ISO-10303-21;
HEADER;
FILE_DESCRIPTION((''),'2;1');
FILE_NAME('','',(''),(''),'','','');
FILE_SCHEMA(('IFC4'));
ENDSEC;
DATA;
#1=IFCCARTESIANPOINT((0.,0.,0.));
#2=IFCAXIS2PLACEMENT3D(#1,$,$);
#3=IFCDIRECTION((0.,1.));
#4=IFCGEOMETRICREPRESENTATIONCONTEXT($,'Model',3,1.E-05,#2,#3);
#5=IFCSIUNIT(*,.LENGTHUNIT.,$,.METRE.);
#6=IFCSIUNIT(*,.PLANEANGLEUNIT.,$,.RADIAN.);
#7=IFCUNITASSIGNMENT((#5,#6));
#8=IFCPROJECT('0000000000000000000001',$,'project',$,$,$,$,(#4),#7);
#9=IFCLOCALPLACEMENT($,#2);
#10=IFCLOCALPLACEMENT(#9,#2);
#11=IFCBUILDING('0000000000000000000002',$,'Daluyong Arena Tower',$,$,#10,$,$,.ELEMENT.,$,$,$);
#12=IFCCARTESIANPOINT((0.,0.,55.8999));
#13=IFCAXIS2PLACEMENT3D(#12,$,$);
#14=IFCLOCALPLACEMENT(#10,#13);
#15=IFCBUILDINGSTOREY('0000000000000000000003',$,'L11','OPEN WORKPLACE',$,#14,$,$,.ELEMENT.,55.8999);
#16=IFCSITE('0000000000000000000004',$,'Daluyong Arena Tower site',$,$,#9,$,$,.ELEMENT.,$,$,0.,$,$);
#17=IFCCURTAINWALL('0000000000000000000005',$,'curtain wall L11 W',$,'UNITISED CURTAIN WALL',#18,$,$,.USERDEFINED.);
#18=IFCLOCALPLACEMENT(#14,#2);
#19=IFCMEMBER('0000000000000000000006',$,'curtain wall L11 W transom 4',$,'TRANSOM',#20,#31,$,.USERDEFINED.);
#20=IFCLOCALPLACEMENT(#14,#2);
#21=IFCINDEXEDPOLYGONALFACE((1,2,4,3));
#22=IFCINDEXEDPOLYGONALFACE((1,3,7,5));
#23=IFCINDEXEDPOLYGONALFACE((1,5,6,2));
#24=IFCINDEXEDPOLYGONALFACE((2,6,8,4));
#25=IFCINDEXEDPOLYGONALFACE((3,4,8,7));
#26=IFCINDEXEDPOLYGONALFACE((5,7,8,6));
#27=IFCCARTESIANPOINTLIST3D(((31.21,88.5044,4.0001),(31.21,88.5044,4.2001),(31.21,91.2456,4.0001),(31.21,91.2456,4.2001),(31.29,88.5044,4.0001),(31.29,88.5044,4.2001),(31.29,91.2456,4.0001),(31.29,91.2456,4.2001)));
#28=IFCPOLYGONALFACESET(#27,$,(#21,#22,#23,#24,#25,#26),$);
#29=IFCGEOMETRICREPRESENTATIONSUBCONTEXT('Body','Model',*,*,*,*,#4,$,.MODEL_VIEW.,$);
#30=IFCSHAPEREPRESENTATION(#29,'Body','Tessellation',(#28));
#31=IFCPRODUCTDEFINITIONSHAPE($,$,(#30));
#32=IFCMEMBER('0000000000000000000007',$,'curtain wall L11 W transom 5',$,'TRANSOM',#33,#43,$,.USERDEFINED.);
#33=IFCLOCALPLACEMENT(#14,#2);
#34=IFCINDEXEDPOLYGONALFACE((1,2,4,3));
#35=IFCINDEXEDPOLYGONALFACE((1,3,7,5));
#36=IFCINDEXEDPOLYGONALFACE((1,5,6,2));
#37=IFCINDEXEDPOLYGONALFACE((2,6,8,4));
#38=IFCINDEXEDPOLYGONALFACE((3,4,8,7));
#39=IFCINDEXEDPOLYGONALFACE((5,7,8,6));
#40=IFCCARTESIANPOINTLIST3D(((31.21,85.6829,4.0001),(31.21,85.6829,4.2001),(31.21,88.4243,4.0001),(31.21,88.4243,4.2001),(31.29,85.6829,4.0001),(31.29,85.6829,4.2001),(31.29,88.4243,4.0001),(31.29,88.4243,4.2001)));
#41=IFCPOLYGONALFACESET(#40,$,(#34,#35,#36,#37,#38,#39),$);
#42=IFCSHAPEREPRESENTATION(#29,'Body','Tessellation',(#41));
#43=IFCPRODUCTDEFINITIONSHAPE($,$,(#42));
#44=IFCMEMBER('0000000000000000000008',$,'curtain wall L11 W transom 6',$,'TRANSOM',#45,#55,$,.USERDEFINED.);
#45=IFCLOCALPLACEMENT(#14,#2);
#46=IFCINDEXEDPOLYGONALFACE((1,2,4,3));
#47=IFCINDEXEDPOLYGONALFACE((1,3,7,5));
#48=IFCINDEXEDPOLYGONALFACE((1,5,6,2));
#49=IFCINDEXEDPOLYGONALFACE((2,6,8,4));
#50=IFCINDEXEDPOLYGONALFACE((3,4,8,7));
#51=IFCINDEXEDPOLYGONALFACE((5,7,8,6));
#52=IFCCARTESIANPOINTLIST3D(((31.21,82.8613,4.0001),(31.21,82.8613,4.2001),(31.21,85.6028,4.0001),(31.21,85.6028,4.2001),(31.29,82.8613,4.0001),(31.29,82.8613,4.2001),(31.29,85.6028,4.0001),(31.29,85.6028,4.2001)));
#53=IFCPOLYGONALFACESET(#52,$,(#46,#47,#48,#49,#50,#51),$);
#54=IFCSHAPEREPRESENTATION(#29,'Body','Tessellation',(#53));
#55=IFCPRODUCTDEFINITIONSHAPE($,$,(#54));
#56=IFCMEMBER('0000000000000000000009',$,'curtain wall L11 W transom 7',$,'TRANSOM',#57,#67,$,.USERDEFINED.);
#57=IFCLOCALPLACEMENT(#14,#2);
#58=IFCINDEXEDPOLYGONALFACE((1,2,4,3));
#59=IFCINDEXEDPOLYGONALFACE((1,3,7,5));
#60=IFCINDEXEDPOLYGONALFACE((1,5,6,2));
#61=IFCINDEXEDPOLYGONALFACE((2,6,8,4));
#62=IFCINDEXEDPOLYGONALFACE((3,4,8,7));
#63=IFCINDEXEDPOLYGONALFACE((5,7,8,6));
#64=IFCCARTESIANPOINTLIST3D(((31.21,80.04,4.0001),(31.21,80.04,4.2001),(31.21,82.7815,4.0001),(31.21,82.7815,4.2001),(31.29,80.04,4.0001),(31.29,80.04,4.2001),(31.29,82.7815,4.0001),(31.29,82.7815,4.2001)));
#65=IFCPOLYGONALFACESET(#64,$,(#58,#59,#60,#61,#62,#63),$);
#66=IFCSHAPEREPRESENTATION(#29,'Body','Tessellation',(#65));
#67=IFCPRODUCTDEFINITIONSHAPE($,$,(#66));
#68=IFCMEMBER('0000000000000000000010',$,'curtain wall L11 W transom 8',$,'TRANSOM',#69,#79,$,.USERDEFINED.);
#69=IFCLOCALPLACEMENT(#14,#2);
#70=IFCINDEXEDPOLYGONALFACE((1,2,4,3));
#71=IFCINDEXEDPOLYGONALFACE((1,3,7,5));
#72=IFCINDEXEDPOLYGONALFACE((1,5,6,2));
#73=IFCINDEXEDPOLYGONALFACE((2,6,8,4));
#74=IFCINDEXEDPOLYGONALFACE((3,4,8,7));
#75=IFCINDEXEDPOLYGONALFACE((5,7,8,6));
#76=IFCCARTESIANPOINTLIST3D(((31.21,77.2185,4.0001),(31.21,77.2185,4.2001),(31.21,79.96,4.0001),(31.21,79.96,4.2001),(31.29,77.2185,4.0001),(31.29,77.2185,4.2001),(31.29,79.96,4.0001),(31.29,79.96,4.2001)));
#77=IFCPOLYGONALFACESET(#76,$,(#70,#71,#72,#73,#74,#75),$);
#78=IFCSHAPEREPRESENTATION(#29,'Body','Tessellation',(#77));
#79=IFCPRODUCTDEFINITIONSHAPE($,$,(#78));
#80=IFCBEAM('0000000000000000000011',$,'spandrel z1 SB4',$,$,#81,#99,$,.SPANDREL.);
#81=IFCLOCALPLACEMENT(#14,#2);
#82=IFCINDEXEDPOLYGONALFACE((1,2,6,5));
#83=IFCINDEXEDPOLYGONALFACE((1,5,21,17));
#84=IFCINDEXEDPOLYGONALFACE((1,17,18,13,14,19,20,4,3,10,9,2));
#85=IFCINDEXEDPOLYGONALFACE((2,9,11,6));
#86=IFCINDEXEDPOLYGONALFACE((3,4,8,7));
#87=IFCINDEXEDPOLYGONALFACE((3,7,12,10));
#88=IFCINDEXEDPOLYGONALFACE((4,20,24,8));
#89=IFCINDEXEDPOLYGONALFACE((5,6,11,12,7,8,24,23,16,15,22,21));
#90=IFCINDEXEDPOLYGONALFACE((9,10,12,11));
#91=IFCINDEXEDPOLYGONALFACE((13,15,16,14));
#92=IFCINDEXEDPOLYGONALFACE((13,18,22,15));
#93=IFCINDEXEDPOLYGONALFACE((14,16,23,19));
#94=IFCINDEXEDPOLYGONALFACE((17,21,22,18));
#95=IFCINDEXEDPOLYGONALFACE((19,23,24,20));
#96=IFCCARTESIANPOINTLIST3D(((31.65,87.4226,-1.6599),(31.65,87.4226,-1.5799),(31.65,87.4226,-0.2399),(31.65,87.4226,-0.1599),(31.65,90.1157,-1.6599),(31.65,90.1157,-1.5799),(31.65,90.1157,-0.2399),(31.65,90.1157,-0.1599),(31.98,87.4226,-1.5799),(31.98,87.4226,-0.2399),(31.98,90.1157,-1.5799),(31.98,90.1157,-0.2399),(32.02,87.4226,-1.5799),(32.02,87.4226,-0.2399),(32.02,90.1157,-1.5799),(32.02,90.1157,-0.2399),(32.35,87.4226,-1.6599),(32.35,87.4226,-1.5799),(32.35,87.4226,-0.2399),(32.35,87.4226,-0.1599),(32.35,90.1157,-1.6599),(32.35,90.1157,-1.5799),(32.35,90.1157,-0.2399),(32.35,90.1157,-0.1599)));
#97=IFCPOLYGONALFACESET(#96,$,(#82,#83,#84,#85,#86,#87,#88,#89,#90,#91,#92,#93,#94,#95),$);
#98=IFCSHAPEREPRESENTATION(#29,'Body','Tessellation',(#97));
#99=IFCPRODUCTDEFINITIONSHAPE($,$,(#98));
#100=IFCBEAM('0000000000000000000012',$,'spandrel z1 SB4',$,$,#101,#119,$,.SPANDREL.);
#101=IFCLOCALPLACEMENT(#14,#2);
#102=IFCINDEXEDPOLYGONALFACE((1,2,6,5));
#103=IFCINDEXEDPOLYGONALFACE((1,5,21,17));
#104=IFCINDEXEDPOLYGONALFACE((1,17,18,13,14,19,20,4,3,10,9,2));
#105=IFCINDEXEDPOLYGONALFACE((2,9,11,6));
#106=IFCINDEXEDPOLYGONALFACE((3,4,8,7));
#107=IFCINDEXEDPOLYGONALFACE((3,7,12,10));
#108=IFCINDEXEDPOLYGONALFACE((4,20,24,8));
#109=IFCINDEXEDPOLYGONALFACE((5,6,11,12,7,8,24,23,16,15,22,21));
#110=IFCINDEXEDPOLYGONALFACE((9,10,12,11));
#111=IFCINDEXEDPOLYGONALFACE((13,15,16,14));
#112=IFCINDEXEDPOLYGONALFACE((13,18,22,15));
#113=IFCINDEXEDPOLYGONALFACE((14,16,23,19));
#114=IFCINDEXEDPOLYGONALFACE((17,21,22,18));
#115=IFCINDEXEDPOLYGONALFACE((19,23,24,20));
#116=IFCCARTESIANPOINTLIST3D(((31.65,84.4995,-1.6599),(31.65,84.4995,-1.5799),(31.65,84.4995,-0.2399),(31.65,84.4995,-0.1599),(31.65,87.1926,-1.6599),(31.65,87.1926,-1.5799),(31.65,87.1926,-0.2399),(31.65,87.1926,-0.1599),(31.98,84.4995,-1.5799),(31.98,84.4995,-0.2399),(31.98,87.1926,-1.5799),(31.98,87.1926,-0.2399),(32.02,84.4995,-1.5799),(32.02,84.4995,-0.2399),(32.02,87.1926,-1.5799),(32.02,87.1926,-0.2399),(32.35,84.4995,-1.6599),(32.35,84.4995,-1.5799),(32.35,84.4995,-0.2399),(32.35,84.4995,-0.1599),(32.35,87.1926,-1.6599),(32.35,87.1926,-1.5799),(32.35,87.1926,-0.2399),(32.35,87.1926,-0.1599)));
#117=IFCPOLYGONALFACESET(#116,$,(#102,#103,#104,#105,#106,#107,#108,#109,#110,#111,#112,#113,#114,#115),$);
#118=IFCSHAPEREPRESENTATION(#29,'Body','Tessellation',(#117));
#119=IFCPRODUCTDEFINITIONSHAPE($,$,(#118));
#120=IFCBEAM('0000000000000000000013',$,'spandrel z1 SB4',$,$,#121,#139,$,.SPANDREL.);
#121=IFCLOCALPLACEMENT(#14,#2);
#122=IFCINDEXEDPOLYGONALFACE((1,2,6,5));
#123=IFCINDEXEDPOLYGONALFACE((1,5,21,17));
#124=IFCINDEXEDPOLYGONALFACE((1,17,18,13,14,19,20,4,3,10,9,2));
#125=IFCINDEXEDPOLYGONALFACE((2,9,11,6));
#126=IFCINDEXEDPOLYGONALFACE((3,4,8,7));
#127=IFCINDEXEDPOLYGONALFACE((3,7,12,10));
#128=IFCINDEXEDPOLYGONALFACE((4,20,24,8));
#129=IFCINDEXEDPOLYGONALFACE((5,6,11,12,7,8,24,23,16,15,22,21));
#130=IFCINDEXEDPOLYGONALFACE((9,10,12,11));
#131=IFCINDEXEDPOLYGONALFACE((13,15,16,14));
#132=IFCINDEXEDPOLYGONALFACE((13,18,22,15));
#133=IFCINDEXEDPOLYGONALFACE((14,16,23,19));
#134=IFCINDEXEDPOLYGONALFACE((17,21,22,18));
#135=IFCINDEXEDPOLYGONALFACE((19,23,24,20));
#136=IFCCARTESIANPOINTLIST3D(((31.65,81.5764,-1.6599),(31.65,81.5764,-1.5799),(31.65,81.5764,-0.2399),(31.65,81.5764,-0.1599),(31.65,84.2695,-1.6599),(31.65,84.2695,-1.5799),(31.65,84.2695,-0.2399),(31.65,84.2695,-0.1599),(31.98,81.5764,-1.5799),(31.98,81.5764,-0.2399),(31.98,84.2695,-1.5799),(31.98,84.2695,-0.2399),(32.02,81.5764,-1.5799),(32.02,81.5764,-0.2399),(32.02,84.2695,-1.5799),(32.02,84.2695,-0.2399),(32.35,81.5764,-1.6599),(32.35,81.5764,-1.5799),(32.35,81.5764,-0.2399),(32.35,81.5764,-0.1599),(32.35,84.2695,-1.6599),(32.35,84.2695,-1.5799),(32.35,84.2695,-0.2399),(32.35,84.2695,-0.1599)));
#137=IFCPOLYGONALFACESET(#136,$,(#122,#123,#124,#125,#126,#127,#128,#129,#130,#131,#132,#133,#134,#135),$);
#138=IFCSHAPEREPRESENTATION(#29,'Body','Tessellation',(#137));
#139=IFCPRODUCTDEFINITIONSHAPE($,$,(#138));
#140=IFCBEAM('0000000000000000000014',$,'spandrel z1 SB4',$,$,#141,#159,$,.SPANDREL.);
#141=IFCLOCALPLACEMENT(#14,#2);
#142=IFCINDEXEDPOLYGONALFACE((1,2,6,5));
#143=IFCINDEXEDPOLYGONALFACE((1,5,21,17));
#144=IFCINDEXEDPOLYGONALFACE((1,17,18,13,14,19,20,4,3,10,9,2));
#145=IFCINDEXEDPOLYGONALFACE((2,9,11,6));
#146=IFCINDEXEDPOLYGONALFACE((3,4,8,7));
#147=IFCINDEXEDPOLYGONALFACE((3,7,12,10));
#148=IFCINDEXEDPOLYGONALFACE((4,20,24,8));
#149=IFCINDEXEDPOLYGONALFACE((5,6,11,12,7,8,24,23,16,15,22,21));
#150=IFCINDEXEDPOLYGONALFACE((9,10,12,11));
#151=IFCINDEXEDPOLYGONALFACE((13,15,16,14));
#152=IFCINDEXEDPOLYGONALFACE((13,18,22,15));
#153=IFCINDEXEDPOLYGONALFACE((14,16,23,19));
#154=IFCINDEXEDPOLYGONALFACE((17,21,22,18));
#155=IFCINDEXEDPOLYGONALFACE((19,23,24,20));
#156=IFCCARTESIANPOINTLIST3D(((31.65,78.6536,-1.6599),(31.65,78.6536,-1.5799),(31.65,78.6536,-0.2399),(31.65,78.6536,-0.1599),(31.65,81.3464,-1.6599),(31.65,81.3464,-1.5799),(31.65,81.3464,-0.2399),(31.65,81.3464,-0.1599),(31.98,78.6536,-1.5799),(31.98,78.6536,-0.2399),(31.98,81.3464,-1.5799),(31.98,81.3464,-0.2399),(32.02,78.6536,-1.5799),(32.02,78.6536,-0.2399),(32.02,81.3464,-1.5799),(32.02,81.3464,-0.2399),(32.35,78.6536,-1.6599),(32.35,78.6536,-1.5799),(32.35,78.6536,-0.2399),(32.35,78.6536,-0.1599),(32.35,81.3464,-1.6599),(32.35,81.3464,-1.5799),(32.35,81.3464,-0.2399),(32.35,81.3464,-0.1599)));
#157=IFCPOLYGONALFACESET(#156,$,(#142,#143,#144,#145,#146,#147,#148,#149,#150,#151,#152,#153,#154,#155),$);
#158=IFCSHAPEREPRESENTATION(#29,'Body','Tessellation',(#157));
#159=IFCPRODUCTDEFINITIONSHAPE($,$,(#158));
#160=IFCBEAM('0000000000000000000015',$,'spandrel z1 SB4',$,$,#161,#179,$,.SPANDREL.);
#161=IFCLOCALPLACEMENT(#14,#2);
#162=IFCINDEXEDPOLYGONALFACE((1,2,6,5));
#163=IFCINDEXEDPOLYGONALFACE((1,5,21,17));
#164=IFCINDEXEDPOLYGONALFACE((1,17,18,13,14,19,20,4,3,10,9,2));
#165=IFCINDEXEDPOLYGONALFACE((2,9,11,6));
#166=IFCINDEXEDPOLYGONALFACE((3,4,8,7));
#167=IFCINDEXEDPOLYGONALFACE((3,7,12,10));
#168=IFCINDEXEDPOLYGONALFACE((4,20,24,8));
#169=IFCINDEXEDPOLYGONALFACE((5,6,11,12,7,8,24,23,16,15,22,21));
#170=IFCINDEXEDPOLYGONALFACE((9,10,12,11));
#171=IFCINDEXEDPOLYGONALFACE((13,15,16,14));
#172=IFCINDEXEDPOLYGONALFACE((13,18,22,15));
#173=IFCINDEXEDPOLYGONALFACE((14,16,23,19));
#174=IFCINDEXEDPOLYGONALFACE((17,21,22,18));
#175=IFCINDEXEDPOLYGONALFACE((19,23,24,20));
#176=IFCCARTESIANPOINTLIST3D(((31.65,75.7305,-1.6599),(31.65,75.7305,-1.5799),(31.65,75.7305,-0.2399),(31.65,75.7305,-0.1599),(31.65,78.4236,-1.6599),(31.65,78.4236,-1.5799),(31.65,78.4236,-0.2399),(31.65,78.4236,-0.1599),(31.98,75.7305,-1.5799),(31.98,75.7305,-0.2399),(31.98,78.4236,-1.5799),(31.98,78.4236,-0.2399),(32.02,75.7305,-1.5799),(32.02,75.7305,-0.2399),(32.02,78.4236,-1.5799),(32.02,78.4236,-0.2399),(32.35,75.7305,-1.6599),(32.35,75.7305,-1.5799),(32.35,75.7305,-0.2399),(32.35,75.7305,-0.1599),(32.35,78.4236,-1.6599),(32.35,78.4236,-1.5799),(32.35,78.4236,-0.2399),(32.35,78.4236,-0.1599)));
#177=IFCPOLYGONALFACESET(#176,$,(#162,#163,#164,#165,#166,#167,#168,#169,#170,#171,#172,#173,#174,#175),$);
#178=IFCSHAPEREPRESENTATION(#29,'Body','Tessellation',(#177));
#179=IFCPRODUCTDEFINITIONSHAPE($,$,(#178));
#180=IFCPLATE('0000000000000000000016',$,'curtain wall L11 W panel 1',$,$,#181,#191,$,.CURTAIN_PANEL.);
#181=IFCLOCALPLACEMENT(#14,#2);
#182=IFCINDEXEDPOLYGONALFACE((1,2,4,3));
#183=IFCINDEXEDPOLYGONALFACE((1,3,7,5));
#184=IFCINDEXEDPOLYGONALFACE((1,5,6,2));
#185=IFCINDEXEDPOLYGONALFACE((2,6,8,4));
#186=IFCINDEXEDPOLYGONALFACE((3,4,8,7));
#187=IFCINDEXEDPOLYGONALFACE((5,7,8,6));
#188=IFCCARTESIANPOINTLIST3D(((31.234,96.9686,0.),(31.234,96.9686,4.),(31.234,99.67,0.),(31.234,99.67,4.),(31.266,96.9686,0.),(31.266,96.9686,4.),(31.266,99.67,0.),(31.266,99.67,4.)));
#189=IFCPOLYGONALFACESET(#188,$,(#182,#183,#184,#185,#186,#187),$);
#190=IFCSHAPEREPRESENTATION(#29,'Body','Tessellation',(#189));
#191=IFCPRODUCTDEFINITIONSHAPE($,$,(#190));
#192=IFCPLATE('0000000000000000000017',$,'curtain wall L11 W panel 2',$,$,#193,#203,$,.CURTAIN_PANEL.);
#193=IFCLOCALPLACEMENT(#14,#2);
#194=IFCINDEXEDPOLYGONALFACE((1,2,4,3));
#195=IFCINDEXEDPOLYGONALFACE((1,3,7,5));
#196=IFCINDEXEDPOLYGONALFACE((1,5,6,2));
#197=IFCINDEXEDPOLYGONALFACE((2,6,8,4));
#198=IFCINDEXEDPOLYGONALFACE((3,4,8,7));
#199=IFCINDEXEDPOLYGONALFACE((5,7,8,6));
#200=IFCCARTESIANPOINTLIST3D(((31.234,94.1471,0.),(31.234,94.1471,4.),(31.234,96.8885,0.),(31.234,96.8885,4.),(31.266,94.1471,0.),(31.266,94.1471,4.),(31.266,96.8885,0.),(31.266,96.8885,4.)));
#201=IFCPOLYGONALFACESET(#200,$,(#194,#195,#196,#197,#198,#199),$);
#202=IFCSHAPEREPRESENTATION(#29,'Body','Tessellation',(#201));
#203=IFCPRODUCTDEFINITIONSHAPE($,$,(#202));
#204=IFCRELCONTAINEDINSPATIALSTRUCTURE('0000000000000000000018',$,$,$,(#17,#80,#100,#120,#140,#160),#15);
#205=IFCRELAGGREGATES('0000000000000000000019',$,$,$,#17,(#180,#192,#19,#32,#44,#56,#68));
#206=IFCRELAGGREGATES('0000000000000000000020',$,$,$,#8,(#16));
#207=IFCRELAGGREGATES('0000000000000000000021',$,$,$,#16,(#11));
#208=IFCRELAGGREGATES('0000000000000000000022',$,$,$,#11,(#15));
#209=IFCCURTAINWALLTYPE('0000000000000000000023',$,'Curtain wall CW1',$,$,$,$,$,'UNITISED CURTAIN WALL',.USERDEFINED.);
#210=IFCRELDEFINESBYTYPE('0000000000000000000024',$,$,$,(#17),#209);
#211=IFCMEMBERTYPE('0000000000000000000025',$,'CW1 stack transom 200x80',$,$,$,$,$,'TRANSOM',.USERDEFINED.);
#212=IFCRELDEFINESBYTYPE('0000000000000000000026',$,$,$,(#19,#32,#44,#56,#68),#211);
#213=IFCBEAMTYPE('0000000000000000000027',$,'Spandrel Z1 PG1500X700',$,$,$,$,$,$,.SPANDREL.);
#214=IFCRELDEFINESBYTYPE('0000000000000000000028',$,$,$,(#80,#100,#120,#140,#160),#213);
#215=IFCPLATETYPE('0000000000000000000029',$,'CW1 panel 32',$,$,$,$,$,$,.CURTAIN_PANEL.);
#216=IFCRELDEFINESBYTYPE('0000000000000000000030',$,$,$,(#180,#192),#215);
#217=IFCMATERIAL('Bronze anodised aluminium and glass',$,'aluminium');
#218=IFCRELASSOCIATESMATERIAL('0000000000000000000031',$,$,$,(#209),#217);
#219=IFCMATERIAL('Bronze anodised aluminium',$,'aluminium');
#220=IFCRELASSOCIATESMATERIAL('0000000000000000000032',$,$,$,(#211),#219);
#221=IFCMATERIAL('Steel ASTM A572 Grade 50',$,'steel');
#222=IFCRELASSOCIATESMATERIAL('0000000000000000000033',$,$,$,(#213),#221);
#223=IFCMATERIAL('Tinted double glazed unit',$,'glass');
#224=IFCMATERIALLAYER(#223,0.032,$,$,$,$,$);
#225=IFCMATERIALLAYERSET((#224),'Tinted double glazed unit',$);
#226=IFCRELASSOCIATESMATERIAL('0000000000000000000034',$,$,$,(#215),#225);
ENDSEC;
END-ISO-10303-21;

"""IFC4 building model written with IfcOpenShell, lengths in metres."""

from ifc_helpers import new_model, si_unit, direction, frame, origin, origin_2d, place, context, subcontext, project, spatial, rectangle, i_section, extrude, material, layer, layer_set, material_profile, profile_set, type_object, element, aggregate, save


model = new_model("IFC4")

# Units and contexts
model_context = context("Model", 3, precision=1e-05, world=origin(), true_north=direction((0.0, 1.0)))
body_context = subcontext(model_context, "Body", "Model", "MODEL_VIEW")
ifc_project = project(units=[si_unit("LENGTHUNIT", "METRE"), si_unit("PLANEANGLEUNIT", "RADIAN")], contexts=[model_context])

# Site, building, storey
site_placement = place(None, origin())
site = spatial("IfcSite", under=ifc_project, at=site_placement, Name="Daluyong Arena Tower site", CompositionType="ELEMENT", RefElevation=0.0)
building_placement = place(site_placement, origin())
building = spatial("IfcBuilding", under=site, at=building_placement, Name="Daluyong Arena Tower", CompositionType="ELEMENT")
storey_placement = place(building_placement, frame((0.0, 0.0, 55.8999)))
storey = spatial("IfcBuildingStorey", under=building, at=storey_placement, Name="L11", Description="OPEN WORKPLACE", CompositionType="ELEMENT", Elevation=55.8999)

# Curtain wall, members
ifc_material_1 = material(Name="Bronze anodised aluminium and glass", Category="aluminium")
curtain_wall_type = type_object("IfcCurtainWallType", Name="Curtain wall CW1", ElementType="UNITISED CURTAIN WALL", PredefinedType="USERDEFINED", material=ifc_material_1)
curtain_wall_placement = place(storey_placement, origin())
curtain_wall = element("IfcCurtainWall", 1, at=curtain_wall_placement, inside=storey, type_object=curtain_wall_type, Name="curtain wall L11 W", ObjectType="UNITISED CURTAIN WALL", PredefinedType="USERDEFINED")
ifc_material_2 = material(Name="Bronze anodised aluminium", Category="aluminium")
ifc_material_profile_1 = material_profile(ifc_material_2, rectangle(XDim=0.0801, YDim=0.2, at=origin_2d()))
ifc_profile_set_1 = profile_set([ifc_material_profile_1], Name="Bronze anodised aluminium")
member_type_1 = type_object("IfcMemberType", Name="CW1 stack transom 200x80", ElementType="TRANSOM", PredefinedType="USERDEFINED", material=ifc_profile_set_1)
member_1_placement = place(storey_placement, frame((31.25, 91.2456, 4.1001), z_axis=(0.0, -1.0, 0.0), x_axis=(1.0, 0.0, 0.0)))
member_1 = element("IfcMember", 2, at=member_1_placement, type_object=member_type_1, Name="curtain wall L11 W transom 4", ObjectType="TRANSOM", PredefinedType="USERDEFINED", context=body_context, shape_type="SweptSolid", body=[
    extrude(rectangle(XDim=0.0801, YDim=0.2, at=origin_2d()), origin(), (0.0, 0.0, 1.0), 2.7412),
])
member_2_placement = place(storey_placement, frame((31.25, 88.4243, 4.1001), z_axis=(0.0, -1.0, 0.0), x_axis=(1.0, 0.0, 0.0)))
member_2 = element("IfcMember", 3, at=member_2_placement, type_object=member_type_1, Name="curtain wall L11 W transom 5", ObjectType="TRANSOM", PredefinedType="USERDEFINED", context=body_context, shape_type="SweptSolid", body=[
    extrude(rectangle(XDim=0.0801, YDim=0.2, at=origin_2d()), origin(), (0.0, 0.0, 1.0), 2.7415),
])
member_3_placement = place(storey_placement, frame((31.25, 85.6028, 4.1001), z_axis=(0.0, -1.0, 0.0), x_axis=(1.0, 0.0, 0.0)))
member_3 = element("IfcMember", 4, at=member_3_placement, type_object=member_type_1, Name="curtain wall L11 W transom 6", ObjectType="TRANSOM", PredefinedType="USERDEFINED", context=body_context, shape_type="SweptSolid", body=[
    extrude(rectangle(XDim=0.0801, YDim=0.2, at=origin_2d()), origin(), (0.0, 0.0, 1.0), 2.7415),
])
member_4_placement = place(storey_placement, frame((31.25, 82.7815, 4.1001), z_axis=(0.0, -1.0, 0.0), x_axis=(1.0, 0.0, 0.0)))
member_4 = element("IfcMember", 5, at=member_4_placement, type_object=member_type_1, Name="curtain wall L11 W transom 7", ObjectType="TRANSOM", PredefinedType="USERDEFINED", context=body_context, shape_type="SweptSolid", body=[
    extrude(rectangle(XDim=0.0801, YDim=0.2, at=origin_2d()), origin(), (0.0, 0.0, 1.0), 2.7415),
])
member_5_placement = place(storey_placement, frame((31.25, 79.96, 4.1001), z_axis=(0.0, -1.0, 0.0), x_axis=(1.0, 0.0, 0.0)))
member_5 = element("IfcMember", 6, at=member_5_placement, type_object=member_type_1, Name="curtain wall L11 W transom 8", ObjectType="TRANSOM", PredefinedType="USERDEFINED", context=body_context, shape_type="SweptSolid", body=[
    extrude(rectangle(XDim=0.0801, YDim=0.2, at=origin_2d()), origin(), (0.0, 0.0, 1.0), 2.7415),
])

# Beams
ifc_material_3 = material(Name="Steel ASTM A572 Grade 50", Category="steel")
ifc_material_profile_2 = material_profile(ifc_material_3, i_section(OverallWidth=0.7, OverallDepth=1.5, WebThickness=0.04, FlangeThickness=0.08, at=origin_2d()))
ifc_profile_set_2 = profile_set([ifc_material_profile_2], Name="Steel ASTM A572 Grade 50")
beam_type = type_object("IfcBeamType", Name="Spandrel Z1 PG1500X700", PredefinedType="SPANDREL", material=ifc_profile_set_2)
for number, where, z_axis, x_axis, name in (
    (7, (32.0, 90.1157, -0.9099), (0.0, -1.0, 0.0), (1.0, 0.0, 0.0), "spandrel z1 SB4"),
    (8, (32.0, 87.1926, -0.9099), (0.0, -1.0, 0.0), (1.0, 0.0, 0.0), "spandrel z1 SB4"),
    (9, (32.0, 84.2695, -0.9099), (0.0, -1.0, 0.0), (1.0, 0.0, 0.0), "spandrel z1 SB4"),
):
    element("IfcBeam", number, at=place(storey_placement, frame(where, z_axis=z_axis, x_axis=x_axis)), inside=storey, type_object=beam_type, Name=name, PredefinedType="SPANDREL", context=body_context, shape_type="SweptSolid", body=[
        extrude(i_section(OverallWidth=0.7, OverallDepth=1.5, WebThickness=0.04, FlangeThickness=0.08, at=origin_2d()), origin(), (0.0, 0.0, 1.0), 2.6931),
    ])
beam_1_placement = place(storey_placement, frame((32.0, 81.3464, -0.9099), z_axis=(0.0, -1.0, 0.0), x_axis=(1.0, 0.0, 0.0)))
element("IfcBeam", 10, at=beam_1_placement, inside=storey, type_object=beam_type, Name="spandrel z1 SB4", PredefinedType="SPANDREL", context=body_context, shape_type="SweptSolid", body=[
    extrude(i_section(OverallWidth=0.7, OverallDepth=1.5, WebThickness=0.04, FlangeThickness=0.08, at=origin_2d()), origin(), (0.0, 0.0, 1.0), 2.6929),
])
beam_2_placement = place(storey_placement, frame((32.0, 78.4236, -0.9099), z_axis=(0.0, -1.0, 0.0), x_axis=(1.0, 0.0, 0.0)))
element("IfcBeam", 11, at=beam_2_placement, inside=storey, type_object=beam_type, Name="spandrel z1 SB4", PredefinedType="SPANDREL", context=body_context, shape_type="SweptSolid", body=[
    extrude(i_section(OverallWidth=0.7, OverallDepth=1.5, WebThickness=0.04, FlangeThickness=0.08, at=origin_2d()), origin(), (0.0, 0.0, 1.0), 2.6931),
])

# Plates
ifc_material_4 = material(Name="Tinted double glazed unit", Category="glass")
ifc_layer = layer(ifc_material_4, 0.032)
ifc_layer_set = layer_set([ifc_layer], Name="Tinted double glazed unit")
plate_type = type_object("IfcPlateType", Name="CW1 panel 32", PredefinedType="CURTAIN_PANEL", material=ifc_layer_set)
plate_1_placement = place(storey_placement, frame((31.25, 98.3193, 0.0), z_axis=(0.0, 0.0, 1.0), x_axis=(0.0, -1.0, 0.0)))
plate_1 = element("IfcPlate", 12, at=plate_1_placement, type_object=plate_type, Name="curtain wall L11 W panel 1", PredefinedType="CURTAIN_PANEL", context=body_context, shape_type="SweptSolid", body=[
    extrude(rectangle(XDim=2.7014, YDim=0.032, at=origin_2d()), origin(), (0.0, 0.0, 1.0), 4.0),
])
plate_2_placement = place(storey_placement, frame((31.25, 95.5178, 0.0), z_axis=(0.0, 0.0, 1.0), x_axis=(0.0, -1.0, 0.0)))
plate_2 = element("IfcPlate", 13, at=plate_2_placement, type_object=plate_type, Name="curtain wall L11 W panel 2", PredefinedType="CURTAIN_PANEL", context=body_context, shape_type="SweptSolid", body=[
    extrude(rectangle(XDim=2.7415, YDim=0.032, at=origin_2d()), origin(), (0.0, 0.0, 1.0), 4.0),
])
aggregate(curtain_wall, [plate_1, plate_2, member_1, member_2, member_3, member_4, member_5])

save(model, "model.ifc")
